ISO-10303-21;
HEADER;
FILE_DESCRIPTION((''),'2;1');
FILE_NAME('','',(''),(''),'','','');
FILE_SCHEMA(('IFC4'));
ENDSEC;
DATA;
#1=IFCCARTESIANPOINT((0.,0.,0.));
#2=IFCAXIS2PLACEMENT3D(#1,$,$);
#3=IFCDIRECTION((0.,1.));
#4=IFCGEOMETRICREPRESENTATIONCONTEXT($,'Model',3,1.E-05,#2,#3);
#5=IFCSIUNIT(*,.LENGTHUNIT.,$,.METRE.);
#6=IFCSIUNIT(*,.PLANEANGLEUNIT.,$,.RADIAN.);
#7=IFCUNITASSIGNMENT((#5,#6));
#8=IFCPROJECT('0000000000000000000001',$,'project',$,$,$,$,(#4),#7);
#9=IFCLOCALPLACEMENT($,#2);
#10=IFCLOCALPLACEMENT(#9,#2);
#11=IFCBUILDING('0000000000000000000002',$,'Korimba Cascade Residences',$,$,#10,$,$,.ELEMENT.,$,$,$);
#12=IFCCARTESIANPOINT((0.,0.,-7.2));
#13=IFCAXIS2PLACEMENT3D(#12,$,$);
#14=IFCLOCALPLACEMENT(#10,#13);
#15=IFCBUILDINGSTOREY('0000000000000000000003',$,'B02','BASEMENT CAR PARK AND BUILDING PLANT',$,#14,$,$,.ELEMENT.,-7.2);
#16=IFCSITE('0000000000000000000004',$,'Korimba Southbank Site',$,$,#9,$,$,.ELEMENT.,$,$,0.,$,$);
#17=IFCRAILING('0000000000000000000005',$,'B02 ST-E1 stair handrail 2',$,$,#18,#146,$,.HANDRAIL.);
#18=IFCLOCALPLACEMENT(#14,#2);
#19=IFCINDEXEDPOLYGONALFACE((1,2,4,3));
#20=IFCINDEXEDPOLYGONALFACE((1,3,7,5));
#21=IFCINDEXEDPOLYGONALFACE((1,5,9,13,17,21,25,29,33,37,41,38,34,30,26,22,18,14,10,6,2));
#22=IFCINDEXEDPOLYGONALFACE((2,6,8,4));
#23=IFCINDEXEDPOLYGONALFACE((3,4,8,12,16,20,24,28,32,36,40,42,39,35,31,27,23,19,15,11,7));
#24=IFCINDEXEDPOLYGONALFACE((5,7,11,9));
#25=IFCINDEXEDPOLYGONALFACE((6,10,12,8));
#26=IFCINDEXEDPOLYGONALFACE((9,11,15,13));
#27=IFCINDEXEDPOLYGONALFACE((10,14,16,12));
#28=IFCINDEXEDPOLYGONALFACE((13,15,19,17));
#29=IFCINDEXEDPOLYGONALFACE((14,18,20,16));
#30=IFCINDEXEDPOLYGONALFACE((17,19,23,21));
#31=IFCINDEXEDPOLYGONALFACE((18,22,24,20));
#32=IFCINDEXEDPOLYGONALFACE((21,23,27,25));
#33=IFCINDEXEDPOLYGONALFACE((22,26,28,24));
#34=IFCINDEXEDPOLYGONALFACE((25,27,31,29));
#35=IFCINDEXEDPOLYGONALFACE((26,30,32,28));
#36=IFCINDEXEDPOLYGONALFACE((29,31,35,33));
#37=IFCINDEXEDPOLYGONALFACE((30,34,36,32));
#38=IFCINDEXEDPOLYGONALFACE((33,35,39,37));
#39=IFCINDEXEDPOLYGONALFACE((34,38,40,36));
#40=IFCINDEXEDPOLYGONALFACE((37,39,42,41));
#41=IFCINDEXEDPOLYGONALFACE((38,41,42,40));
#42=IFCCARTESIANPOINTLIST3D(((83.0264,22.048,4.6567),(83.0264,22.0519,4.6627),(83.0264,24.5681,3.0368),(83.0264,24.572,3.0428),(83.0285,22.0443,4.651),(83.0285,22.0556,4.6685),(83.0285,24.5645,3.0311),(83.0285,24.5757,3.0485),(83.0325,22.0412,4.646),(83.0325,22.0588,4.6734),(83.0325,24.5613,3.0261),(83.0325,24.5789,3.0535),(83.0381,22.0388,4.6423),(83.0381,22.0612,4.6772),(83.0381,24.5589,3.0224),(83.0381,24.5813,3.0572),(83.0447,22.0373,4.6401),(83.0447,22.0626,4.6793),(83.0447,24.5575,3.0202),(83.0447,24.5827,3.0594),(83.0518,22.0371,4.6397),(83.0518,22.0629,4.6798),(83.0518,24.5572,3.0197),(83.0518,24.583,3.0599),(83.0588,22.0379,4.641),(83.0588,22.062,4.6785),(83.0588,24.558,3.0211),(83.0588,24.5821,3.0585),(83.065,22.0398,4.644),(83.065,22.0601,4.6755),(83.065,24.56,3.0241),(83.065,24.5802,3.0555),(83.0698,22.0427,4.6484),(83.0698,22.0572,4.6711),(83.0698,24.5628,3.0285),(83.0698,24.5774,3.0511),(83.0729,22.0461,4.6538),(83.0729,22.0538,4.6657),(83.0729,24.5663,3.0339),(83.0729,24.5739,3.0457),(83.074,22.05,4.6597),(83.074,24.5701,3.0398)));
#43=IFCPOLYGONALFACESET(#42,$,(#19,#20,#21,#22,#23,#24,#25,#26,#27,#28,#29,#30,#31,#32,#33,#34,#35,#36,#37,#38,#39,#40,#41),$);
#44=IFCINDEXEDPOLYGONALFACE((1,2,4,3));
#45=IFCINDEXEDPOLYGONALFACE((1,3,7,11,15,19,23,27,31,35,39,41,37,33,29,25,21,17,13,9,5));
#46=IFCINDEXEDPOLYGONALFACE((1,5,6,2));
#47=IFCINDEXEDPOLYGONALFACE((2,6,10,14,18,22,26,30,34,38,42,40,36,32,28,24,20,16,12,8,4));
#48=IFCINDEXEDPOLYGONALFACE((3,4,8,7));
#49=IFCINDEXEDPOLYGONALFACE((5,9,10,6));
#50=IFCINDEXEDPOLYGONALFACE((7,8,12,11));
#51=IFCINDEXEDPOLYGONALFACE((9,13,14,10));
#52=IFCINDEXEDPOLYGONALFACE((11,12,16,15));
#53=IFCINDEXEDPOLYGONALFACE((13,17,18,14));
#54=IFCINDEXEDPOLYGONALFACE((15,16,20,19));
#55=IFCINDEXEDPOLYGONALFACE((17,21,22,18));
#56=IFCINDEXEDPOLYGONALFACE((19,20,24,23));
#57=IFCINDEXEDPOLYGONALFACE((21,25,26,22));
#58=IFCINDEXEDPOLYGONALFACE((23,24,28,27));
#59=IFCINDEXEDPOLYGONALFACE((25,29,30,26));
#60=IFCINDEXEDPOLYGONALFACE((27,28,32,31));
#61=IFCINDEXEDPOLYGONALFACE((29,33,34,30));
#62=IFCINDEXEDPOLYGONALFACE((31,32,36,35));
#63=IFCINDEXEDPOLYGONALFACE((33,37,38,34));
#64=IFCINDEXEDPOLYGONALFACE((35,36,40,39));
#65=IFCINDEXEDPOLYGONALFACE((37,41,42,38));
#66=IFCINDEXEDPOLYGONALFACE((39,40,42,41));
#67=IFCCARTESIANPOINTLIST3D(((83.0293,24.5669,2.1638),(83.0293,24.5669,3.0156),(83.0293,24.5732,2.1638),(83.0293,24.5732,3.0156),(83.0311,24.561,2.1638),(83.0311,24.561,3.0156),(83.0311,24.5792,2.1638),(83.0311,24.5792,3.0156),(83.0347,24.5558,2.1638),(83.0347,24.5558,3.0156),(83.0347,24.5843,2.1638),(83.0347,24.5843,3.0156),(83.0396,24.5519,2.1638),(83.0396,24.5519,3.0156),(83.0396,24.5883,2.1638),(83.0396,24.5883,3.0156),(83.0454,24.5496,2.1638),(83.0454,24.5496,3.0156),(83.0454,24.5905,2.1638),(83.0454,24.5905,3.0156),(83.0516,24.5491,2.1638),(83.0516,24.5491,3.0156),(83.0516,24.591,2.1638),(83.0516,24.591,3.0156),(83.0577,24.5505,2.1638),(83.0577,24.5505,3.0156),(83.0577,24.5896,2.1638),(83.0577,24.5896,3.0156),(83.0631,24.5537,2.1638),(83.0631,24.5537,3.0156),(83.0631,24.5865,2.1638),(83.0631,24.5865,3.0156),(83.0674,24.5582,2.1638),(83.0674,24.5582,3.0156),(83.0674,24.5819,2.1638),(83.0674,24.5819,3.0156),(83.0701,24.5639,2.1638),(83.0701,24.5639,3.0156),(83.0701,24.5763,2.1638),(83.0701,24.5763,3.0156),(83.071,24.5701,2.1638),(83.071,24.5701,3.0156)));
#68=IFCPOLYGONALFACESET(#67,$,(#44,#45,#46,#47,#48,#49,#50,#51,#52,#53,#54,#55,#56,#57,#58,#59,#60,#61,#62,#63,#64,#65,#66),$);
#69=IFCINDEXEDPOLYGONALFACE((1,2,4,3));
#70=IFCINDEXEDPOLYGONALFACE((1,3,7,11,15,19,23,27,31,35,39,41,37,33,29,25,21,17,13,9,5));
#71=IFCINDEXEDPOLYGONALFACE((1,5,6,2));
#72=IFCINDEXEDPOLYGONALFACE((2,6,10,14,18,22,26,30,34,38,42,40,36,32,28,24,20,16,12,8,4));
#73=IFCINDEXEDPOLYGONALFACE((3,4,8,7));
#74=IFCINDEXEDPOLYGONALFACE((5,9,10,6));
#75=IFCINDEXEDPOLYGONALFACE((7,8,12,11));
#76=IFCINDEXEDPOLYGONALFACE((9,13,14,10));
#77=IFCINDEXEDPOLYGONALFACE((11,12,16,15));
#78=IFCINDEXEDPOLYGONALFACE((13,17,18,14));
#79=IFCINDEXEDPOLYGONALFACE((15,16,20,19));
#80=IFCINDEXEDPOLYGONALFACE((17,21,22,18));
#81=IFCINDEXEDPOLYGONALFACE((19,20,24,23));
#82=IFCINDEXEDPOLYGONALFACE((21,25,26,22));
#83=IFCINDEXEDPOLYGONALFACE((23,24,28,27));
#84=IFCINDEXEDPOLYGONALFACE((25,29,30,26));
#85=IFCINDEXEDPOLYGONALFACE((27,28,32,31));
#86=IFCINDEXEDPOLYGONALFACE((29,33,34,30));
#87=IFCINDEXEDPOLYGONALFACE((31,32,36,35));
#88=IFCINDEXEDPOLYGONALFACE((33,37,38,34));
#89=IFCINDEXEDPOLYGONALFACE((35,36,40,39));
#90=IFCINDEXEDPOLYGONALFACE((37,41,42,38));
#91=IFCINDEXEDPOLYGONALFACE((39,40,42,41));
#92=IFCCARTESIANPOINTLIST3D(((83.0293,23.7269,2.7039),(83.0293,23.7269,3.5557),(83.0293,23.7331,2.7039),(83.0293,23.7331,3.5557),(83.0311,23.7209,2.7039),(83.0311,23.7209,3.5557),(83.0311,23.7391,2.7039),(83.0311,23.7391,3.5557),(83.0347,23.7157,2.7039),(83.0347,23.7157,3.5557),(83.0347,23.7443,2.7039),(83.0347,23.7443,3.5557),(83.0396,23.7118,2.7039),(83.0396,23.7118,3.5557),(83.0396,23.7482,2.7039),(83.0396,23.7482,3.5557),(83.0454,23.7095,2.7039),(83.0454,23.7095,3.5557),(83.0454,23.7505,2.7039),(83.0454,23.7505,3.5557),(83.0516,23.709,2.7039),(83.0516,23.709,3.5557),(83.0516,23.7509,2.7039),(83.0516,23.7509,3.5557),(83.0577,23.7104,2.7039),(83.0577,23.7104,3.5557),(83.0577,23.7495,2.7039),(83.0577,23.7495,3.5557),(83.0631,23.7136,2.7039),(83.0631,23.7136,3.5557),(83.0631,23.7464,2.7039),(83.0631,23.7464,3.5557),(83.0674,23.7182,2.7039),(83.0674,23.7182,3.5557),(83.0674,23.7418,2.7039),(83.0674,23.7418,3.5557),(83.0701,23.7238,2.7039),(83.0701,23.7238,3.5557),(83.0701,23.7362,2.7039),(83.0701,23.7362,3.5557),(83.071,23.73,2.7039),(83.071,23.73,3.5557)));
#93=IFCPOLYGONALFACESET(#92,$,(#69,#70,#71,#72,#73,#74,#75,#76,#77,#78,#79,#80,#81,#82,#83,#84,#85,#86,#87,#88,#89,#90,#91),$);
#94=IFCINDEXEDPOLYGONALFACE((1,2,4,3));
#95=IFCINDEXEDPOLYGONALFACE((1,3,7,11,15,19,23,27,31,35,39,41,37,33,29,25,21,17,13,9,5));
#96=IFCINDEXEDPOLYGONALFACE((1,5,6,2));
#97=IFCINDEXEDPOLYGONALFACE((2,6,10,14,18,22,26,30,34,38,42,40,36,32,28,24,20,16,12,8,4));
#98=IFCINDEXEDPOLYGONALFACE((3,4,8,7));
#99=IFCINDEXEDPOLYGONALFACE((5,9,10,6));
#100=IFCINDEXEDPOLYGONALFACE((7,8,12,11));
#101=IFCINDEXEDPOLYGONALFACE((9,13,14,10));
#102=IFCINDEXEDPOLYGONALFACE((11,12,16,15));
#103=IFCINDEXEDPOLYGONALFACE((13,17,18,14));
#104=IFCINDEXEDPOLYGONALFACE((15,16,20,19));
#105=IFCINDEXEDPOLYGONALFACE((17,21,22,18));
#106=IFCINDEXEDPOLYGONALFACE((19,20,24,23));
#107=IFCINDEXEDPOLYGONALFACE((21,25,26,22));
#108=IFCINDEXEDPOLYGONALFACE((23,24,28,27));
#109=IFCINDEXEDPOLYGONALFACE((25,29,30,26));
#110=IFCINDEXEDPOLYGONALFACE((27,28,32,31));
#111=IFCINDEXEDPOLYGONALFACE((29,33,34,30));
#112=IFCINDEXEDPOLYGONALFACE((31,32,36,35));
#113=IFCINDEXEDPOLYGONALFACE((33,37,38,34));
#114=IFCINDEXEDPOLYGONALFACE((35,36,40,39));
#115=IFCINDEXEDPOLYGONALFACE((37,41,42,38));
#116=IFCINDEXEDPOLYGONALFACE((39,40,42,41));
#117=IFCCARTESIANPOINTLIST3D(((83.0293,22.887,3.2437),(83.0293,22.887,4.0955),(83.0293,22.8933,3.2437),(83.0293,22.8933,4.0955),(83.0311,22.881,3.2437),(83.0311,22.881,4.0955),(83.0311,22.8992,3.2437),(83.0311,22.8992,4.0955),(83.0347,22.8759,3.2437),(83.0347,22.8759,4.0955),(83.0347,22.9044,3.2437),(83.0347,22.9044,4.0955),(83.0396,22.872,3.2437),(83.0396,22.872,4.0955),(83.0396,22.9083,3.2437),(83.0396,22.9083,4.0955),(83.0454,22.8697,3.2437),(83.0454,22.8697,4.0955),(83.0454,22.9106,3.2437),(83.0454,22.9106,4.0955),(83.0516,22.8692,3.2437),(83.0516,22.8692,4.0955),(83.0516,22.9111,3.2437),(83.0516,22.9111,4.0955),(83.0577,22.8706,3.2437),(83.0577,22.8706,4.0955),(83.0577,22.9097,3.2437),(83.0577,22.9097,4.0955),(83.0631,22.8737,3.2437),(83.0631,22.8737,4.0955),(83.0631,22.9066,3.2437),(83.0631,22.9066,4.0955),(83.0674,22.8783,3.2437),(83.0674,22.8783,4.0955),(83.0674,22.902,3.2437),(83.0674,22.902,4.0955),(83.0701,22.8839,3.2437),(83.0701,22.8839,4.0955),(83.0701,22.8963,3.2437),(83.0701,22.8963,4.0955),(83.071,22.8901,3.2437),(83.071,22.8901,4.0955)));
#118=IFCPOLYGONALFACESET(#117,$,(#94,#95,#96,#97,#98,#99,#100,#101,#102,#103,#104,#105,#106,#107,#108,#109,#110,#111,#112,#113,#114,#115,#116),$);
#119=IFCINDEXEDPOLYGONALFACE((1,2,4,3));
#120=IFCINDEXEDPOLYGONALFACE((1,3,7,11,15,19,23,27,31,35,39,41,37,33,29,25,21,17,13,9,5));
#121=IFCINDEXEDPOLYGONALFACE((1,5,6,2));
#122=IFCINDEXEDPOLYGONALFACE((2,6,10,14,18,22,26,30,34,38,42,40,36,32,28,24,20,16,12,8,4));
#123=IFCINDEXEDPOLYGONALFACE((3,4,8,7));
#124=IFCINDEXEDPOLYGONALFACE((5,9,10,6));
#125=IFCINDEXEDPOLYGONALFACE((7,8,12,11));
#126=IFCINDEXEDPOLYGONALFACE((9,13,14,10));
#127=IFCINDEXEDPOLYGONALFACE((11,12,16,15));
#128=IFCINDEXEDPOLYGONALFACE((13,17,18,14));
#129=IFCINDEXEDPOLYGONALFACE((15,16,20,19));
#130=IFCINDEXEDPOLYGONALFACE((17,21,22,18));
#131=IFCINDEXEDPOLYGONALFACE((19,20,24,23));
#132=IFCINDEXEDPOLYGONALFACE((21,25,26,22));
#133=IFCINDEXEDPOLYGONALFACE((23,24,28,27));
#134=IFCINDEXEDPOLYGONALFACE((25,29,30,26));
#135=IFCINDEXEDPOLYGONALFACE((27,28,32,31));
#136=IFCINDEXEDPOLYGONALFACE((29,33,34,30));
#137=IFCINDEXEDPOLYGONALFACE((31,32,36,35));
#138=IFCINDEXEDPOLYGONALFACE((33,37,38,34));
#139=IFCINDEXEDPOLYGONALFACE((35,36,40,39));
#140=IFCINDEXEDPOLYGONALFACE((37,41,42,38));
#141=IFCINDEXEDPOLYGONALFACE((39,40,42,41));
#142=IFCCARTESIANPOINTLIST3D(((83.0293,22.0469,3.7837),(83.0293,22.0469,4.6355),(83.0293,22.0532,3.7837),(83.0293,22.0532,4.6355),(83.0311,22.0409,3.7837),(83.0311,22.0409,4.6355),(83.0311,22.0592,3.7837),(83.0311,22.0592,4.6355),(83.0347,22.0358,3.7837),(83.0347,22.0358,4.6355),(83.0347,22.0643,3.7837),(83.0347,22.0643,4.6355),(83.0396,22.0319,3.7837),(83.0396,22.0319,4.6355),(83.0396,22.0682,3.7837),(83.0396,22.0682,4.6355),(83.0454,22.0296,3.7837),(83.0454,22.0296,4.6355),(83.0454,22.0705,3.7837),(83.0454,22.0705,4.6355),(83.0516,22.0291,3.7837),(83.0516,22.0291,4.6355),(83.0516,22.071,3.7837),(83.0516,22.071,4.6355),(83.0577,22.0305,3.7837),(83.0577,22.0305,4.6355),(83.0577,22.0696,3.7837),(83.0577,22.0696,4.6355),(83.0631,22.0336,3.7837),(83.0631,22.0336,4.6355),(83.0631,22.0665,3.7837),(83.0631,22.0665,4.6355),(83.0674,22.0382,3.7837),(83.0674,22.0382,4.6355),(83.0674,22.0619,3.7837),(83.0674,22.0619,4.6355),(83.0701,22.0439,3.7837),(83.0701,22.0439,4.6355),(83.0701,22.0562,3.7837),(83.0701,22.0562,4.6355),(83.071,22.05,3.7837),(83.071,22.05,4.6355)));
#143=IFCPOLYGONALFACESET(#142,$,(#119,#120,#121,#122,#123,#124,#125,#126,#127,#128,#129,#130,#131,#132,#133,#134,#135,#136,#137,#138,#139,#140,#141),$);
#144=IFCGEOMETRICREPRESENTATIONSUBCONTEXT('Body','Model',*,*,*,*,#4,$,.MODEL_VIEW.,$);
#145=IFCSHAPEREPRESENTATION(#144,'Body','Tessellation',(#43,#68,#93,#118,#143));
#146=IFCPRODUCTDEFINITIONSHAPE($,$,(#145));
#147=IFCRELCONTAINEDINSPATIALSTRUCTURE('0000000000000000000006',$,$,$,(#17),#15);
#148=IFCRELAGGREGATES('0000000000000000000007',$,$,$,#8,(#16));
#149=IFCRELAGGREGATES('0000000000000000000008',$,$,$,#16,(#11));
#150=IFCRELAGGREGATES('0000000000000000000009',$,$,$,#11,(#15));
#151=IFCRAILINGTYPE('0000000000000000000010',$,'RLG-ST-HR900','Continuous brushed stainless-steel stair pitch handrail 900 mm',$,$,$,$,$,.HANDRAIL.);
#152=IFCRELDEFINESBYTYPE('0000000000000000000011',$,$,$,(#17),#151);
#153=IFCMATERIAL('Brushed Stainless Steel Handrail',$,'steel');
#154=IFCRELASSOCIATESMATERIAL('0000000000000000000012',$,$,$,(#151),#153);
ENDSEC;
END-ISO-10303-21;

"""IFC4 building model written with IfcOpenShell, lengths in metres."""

from ifc_helpers import new_model, si_unit, direction, frame, origin, origin_2d, place, context, subcontext, project, spatial, circle, extrude, material, type_object, element, save


model = new_model("IFC4")

# Units and contexts
model_context = context("Model", 3, precision=1e-05, world=origin(), true_north=direction((0.0, 1.0)))
body_context = subcontext(model_context, "Body", "Model", "MODEL_VIEW")
ifc_project = project(units=[si_unit("LENGTHUNIT", "METRE"), si_unit("PLANEANGLEUNIT", "RADIAN")], contexts=[model_context])

# Site, building, storey
site_placement = place(None, origin())
site = spatial("IfcSite", under=ifc_project, at=site_placement, Name="Korimba Southbank Site", CompositionType="ELEMENT", RefElevation=0.0)
building_placement = place(site_placement, origin())
building = spatial("IfcBuilding", under=site, at=building_placement, Name="Korimba Cascade Residences", CompositionType="ELEMENT")
storey_placement = place(building_placement, frame((0.0, 0.0, -7.2)))
storey = spatial("IfcBuildingStorey", under=building, at=storey_placement, Name="B02", Description="BASEMENT CAR PARK AND BUILDING PLANT", CompositionType="ELEMENT", Elevation=-7.2)

# Railing
ifc_material_1 = material(Name="Brushed Stainless Steel Handrail", Category="steel")
railing_type_1 = type_object("IfcRailingType", Name="RLG-ST-HR900", Description="Continuous brushed stainless-steel stair pitch handrail 900 mm", PredefinedType="HANDRAIL", material=ifc_material_1)
railing_1_placement = place(storey_placement, frame((83.05, 24.5701, 2.1638)))
element("IfcRailing", 1, at=railing_1_placement, inside=storey, type_object=railing_type_1, Name="B02 ST-E1 stair handrail 2", PredefinedType="HANDRAIL", context=body_context, shape_type="SweptSolid", body=[
    extrude(circle(Radius=0.0239, at=origin_2d()), frame((0.0, 0.0, 0.876), z_axis=(0.0, -0.8412, 0.540725), x_axis=(1.0, 0.0, 0.0)), (0.0, 0.0, 1.0), 2.9958),
    extrude(circle(Radius=0.021, at=origin_2d()), origin(), (0.0, 0.0, 1.0), 0.8518),
    extrude(circle(Radius=0.021, at=origin_2d()), frame((0.0, -0.8401, 0.54)), (0.0, 0.0, 1.0), 0.8518),
    extrude(circle(Radius=0.021, at=origin_2d()), frame((0.0, -1.6799, 1.0798)), (0.0, 0.0, 1.0), 0.8518),
    extrude(circle(Radius=0.021, at=origin_2d()), frame((0.0, -2.52, 1.6199)), (0.0, 0.0, 1.0), 0.8518),
])

save(model, "model.ifc")
